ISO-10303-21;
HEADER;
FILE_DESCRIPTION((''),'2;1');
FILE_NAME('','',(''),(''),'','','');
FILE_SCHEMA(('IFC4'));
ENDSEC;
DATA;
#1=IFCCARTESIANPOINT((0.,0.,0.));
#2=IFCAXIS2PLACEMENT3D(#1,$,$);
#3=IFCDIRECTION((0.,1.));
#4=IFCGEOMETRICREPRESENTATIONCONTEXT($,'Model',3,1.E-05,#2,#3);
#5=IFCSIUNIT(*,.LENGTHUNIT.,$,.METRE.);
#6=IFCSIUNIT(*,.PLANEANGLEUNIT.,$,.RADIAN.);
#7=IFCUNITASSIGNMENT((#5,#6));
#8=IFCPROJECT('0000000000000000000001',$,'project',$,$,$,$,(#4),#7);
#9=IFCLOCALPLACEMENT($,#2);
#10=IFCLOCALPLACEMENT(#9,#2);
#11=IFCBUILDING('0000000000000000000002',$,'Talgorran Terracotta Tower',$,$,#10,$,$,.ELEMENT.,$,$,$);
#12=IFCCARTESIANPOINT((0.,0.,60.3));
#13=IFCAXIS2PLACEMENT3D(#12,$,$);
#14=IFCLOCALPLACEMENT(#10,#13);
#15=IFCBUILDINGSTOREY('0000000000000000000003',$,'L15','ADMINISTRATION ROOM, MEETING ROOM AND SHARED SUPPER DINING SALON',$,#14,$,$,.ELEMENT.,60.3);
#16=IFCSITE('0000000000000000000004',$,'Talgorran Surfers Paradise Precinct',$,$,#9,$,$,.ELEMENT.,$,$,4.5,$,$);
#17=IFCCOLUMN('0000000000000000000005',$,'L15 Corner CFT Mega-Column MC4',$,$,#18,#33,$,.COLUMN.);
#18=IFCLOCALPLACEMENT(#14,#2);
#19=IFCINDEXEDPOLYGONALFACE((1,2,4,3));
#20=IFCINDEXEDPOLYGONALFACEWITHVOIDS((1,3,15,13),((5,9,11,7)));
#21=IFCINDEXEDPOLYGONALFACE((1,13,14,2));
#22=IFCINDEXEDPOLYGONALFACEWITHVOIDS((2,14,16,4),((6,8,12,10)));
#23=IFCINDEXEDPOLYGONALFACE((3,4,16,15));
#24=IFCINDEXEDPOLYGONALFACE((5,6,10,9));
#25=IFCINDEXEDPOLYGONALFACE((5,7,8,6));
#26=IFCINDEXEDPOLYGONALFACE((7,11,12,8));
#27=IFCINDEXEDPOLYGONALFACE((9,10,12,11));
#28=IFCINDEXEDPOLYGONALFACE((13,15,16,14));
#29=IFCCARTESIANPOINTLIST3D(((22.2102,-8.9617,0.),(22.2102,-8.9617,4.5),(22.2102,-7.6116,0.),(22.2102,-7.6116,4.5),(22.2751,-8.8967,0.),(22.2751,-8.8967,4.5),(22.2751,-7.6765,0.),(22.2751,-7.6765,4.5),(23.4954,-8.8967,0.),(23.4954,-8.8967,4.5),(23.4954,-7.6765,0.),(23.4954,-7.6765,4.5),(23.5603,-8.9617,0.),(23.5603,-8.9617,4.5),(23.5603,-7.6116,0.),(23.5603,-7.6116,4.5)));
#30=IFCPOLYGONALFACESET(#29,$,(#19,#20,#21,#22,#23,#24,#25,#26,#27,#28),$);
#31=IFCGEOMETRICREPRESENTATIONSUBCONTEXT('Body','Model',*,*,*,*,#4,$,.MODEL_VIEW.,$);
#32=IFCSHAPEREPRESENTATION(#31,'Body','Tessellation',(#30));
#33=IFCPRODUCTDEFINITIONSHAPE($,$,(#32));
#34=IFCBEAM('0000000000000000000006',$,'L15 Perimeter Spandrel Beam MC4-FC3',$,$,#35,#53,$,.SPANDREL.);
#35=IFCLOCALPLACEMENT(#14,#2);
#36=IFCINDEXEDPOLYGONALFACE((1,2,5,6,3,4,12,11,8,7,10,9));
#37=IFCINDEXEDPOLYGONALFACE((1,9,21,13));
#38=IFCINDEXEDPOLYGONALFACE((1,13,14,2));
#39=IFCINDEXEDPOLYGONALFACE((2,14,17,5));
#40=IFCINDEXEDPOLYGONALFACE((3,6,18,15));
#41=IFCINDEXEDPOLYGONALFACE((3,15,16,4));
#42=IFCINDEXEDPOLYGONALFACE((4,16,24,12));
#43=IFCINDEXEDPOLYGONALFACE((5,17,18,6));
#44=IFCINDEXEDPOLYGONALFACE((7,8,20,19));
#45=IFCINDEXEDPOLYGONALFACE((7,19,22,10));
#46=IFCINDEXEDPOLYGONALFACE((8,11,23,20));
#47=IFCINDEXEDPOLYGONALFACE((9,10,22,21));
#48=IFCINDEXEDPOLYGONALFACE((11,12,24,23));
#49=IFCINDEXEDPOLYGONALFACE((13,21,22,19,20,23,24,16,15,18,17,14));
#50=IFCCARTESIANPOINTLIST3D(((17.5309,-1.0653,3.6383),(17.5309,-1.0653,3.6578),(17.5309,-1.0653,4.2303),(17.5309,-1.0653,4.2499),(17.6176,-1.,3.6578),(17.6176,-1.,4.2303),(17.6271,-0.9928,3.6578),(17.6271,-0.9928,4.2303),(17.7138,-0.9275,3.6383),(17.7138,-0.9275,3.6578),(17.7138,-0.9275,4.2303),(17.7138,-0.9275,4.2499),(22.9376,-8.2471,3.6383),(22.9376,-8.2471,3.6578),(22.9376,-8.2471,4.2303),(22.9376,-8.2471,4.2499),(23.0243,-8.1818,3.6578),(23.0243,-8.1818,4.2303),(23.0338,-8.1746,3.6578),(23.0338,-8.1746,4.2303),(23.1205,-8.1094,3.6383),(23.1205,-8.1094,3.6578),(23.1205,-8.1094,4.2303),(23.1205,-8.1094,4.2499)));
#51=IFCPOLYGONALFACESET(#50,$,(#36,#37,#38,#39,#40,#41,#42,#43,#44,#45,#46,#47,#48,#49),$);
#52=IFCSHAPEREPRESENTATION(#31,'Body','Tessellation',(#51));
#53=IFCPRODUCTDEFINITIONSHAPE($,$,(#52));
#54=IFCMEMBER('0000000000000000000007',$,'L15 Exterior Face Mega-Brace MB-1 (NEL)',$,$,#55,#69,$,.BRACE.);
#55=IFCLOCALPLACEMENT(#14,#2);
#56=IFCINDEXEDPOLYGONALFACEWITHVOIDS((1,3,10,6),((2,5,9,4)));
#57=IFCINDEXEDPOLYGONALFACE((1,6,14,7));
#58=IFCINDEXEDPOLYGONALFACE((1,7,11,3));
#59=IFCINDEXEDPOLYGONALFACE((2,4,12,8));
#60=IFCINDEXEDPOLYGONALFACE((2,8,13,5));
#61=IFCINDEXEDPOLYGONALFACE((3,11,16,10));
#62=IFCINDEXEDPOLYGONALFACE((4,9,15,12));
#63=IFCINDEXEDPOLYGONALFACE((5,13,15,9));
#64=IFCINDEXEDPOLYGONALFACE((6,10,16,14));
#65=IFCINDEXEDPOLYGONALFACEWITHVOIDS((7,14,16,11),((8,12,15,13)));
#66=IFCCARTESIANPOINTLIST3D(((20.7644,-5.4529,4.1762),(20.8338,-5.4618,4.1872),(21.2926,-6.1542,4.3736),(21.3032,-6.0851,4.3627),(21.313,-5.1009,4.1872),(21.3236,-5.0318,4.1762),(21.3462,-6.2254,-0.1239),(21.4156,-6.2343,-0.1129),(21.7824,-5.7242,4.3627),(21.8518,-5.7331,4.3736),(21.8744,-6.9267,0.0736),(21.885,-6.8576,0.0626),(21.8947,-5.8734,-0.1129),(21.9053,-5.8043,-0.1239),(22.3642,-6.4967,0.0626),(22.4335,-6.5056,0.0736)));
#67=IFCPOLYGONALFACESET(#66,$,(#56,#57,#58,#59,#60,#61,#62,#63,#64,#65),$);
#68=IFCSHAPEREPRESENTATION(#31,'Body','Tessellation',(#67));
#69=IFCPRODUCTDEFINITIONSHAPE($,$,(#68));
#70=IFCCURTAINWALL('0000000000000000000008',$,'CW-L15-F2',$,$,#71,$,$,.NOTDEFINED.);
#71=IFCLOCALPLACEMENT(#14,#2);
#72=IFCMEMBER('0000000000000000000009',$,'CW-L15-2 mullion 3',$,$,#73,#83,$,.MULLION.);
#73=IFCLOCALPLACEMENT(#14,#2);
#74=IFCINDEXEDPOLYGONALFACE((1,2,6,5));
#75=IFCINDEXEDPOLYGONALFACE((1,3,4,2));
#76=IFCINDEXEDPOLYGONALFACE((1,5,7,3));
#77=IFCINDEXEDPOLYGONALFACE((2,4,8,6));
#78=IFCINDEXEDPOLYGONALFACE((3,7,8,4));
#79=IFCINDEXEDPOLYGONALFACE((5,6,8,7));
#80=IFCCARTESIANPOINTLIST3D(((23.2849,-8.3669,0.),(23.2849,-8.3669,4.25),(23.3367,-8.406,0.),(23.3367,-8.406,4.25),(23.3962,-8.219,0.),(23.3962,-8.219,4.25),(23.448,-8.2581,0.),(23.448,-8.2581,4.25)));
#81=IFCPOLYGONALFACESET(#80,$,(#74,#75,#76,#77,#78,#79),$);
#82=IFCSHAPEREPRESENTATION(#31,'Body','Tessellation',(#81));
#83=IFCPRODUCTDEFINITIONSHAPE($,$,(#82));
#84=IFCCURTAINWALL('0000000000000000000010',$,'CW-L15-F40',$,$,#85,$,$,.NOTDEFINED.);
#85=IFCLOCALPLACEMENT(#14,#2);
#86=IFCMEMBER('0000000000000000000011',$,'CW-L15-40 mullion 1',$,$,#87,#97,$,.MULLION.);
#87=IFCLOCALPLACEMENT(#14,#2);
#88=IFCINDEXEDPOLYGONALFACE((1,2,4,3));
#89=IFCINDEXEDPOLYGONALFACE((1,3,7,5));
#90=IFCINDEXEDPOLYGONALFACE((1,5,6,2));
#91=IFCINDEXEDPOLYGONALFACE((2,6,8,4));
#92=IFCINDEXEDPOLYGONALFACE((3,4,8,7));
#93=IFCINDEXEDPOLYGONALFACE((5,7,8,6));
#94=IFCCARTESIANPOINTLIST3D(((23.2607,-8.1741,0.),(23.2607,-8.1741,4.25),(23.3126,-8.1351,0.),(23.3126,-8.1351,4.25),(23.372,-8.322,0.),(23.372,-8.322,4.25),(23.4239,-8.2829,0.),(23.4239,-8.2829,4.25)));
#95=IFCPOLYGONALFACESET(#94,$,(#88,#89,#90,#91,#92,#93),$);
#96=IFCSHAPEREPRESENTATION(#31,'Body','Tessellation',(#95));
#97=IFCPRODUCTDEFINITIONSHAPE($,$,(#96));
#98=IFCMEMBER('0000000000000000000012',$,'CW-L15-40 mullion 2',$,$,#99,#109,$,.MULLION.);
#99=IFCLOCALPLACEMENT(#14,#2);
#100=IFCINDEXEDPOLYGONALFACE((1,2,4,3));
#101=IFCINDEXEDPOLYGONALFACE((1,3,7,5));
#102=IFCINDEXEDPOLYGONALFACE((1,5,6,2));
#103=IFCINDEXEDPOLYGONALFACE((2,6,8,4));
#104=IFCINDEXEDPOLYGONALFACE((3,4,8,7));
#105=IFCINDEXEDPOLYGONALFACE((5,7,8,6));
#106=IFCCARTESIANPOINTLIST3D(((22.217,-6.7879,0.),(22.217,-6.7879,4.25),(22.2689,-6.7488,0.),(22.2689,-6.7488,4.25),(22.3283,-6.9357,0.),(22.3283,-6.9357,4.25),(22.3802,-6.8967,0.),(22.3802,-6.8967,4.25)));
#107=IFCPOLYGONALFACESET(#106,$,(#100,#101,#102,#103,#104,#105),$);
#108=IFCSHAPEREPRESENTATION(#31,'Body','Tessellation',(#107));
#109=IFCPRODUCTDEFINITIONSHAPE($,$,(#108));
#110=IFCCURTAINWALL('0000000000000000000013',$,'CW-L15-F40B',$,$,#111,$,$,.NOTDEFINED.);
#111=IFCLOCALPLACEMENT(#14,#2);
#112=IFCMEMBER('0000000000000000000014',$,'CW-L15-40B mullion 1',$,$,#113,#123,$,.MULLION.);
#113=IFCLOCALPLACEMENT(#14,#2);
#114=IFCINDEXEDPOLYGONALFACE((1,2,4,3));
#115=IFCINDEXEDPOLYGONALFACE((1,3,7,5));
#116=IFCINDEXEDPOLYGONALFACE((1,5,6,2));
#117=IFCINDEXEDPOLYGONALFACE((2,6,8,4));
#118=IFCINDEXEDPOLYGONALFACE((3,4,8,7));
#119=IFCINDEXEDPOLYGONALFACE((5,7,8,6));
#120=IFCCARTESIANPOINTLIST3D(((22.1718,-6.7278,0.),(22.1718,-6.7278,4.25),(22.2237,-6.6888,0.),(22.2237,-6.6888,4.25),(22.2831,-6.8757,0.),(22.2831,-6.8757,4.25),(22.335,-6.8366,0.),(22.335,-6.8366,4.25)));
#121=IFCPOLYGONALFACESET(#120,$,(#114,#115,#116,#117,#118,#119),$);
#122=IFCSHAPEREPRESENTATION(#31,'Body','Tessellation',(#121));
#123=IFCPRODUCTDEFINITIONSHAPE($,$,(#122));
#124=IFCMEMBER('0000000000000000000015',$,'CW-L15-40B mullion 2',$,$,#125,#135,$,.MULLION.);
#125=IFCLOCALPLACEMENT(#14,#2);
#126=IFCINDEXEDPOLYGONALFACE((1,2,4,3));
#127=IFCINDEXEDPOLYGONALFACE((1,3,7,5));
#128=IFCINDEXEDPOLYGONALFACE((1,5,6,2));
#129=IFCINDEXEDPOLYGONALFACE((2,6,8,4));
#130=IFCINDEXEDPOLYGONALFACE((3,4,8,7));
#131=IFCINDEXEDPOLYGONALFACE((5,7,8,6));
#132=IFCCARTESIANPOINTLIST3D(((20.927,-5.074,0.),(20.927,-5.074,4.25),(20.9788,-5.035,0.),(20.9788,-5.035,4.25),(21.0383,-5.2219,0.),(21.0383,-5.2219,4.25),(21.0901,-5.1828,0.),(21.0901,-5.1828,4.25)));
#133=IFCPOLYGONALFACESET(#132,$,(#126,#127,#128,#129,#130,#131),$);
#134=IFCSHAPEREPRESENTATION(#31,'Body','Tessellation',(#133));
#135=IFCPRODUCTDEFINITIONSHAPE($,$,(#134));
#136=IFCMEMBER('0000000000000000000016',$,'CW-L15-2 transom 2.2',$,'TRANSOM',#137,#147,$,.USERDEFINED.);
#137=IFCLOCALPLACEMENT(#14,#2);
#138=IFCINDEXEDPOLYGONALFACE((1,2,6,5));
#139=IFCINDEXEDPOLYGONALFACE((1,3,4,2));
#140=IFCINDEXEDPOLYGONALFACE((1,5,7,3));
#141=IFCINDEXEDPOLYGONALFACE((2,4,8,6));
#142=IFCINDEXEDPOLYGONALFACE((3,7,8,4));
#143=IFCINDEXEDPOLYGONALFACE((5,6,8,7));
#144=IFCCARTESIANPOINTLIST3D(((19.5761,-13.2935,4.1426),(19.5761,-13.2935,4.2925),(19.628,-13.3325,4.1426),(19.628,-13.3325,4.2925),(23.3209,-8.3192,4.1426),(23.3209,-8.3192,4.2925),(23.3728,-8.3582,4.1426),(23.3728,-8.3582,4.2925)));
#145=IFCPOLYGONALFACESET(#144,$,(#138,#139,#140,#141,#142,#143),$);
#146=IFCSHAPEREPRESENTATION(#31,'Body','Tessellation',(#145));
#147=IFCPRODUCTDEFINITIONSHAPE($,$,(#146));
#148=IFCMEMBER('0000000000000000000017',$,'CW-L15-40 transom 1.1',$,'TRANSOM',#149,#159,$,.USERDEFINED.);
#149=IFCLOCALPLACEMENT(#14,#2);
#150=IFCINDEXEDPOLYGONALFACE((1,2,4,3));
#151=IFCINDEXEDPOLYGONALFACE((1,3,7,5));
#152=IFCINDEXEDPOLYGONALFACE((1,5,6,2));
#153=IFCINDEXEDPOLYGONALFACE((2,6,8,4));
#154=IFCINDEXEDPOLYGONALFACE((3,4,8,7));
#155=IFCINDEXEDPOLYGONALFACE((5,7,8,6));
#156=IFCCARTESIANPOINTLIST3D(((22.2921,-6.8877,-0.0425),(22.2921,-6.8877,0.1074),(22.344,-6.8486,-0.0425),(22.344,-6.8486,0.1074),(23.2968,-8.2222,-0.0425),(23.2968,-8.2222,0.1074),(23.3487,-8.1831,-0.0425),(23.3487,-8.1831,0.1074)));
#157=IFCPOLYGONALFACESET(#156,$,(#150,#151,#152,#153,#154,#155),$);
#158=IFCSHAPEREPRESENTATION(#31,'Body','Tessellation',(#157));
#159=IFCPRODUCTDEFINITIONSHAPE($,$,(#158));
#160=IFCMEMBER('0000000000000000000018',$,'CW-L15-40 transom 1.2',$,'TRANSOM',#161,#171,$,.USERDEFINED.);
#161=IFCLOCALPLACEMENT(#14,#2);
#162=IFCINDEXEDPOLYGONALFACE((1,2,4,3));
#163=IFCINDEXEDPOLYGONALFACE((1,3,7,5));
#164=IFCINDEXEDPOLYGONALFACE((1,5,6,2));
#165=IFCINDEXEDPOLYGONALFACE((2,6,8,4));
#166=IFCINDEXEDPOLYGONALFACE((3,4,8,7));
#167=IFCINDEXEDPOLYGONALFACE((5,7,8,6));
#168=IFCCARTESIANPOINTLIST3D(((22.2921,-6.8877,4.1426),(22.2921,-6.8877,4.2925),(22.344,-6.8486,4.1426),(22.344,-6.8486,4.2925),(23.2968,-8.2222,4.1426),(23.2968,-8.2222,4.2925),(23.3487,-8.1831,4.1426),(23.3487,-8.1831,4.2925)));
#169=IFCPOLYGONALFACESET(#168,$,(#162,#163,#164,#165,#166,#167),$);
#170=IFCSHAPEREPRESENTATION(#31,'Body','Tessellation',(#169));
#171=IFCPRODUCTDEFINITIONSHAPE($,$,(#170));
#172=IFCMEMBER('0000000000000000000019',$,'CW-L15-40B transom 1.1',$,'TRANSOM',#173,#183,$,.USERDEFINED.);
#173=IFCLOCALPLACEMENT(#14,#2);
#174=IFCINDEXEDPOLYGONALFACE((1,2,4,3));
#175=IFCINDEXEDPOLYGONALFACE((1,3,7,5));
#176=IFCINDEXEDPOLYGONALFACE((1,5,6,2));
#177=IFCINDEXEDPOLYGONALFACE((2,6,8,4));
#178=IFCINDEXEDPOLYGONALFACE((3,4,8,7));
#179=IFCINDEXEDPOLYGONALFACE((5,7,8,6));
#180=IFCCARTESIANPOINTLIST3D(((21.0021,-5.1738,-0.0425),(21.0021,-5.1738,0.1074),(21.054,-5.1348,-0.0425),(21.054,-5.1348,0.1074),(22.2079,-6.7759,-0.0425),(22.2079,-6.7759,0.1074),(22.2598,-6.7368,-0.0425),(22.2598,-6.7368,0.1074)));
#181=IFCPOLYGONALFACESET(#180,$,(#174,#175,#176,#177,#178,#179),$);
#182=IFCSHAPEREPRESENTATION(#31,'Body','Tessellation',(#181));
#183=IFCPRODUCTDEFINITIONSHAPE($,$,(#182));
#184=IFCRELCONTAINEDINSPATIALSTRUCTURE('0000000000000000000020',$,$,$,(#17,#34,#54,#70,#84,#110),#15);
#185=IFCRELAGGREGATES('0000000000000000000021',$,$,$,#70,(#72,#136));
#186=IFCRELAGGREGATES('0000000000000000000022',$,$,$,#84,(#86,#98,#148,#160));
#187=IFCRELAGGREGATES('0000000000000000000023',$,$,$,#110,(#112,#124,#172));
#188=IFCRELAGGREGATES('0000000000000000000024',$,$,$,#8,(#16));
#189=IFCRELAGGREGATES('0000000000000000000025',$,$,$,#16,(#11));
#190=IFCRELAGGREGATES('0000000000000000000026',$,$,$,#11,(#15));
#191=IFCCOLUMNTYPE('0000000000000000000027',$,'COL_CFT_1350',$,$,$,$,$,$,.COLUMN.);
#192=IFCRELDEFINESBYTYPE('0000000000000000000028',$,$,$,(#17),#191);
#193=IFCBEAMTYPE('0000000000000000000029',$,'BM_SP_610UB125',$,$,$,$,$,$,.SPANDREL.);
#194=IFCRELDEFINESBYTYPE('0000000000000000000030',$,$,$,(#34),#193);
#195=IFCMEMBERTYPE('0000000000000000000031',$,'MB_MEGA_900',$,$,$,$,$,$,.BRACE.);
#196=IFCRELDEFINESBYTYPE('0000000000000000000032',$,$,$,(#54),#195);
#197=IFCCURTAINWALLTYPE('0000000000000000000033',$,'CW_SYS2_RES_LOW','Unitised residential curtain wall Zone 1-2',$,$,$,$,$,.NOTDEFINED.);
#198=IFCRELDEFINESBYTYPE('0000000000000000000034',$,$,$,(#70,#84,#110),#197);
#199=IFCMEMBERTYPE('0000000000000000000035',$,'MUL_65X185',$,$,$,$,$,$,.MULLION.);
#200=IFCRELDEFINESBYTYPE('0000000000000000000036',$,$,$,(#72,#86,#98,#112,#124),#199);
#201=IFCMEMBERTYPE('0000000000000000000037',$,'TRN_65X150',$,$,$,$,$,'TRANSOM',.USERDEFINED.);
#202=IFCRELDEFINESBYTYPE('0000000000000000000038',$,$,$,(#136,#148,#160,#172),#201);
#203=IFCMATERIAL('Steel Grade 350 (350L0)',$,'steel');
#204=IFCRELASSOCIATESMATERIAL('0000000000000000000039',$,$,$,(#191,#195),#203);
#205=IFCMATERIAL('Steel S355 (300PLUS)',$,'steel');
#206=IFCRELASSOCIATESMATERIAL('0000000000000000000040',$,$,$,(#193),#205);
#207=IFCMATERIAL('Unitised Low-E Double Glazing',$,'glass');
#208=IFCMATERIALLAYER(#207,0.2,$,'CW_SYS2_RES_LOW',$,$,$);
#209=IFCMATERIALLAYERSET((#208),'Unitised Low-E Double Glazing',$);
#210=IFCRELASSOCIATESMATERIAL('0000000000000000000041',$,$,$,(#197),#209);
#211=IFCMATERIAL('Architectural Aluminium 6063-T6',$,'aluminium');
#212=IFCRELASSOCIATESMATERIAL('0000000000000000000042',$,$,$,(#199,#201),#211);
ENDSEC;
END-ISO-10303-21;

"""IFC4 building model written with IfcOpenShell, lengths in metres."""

from ifc_helpers import new_model, si_unit, direction, frame, origin, origin_2d, place, context, subcontext, project, spatial, rectangle, hollow_rectangle, i_section, extrude, material, layer, layer_set, material_profile, profile_set, type_object, element, aggregate, save


model = new_model("IFC4")

# Units and contexts
model_context = context("Model", 3, precision=1e-05, world=origin(), true_north=direction((0.0, 1.0)))
body_context = subcontext(model_context, "Body", "Model", "MODEL_VIEW")
ifc_project = project(units=[si_unit("LENGTHUNIT", "METRE"), si_unit("PLANEANGLEUNIT", "RADIAN")], contexts=[model_context])

# Site, building, storey
site_placement = place(None, origin())
site = spatial("IfcSite", under=ifc_project, at=site_placement, Name="Talgorran Surfers Paradise Precinct", CompositionType="ELEMENT", RefElevation=4.5)
building_placement = place(site_placement, origin())
building = spatial("IfcBuilding", under=site, at=building_placement, Name="Talgorran Terracotta Tower", CompositionType="ELEMENT")
storey_placement = place(building_placement, frame((0.0, 0.0, 60.3)))
storey = spatial("IfcBuildingStorey", under=building, at=storey_placement, Name="L15", Description="ADMINISTRATION ROOM, MEETING ROOM AND SHARED SUPPER DINING SALON", CompositionType="ELEMENT", Elevation=60.3)

# Column
ifc_material_1 = material(Name="Steel Grade 350 (350L0)", Category="steel")
ifc_material_profile_1 = material_profile(ifc_material_1, hollow_rectangle(XDim=1.3501, YDim=1.3501, WallThickness=0.0649, at=origin_2d()), Name="CFT1350X1350X65")
ifc_profile_set_1 = profile_set([ifc_material_profile_1], Name="Steel Grade 350 (350L0)")
column_type = type_object("IfcColumnType", Name="COL_CFT_1350", PredefinedType="COLUMN", material=ifc_profile_set_1)
column_placement = place(storey_placement, frame((22.8853, -8.2866, 0.0), z_axis=(0.0, 0.0, 1.0), x_axis=(1.0, 0.0, 0.0)))
element("IfcColumn", 1, at=column_placement, inside=storey, type_object=column_type, Name="L15 Corner CFT Mega-Column MC4", PredefinedType="COLUMN", context=body_context, shape_type="SweptSolid", body=[
    extrude(hollow_rectangle(XDim=1.3501, YDim=1.3501, WallThickness=0.0649, at=origin_2d()), origin(), (0.0, 0.0, 1.0), 4.5),
])

# Beam
ifc_material_2 = material(Name="Steel S355 (300PLUS)", Category="steel")
ifc_material_profile_2 = material_profile(ifc_material_2, i_section(OverallWidth=0.229, OverallDepth=0.6116, WebThickness=0.012, FlangeThickness=0.0195, at=origin_2d()), Name="610UB125")
ifc_profile_set_2 = profile_set([ifc_material_profile_2], Name="Steel S355 (300PLUS)")
beam_type = type_object("IfcBeamType", Name="BM_SP_610UB125", PredefinedType="SPANDREL", material=ifc_profile_set_2)
beam_placement = place(storey_placement, frame((23.0291, -8.1782, 3.9441), z_axis=(-0.601446, 0.798913, 0.0), x_axis=(-0.798913, -0.601446, 0.0)))
element("IfcBeam", 2, at=beam_placement, inside=storey, type_object=beam_type, Name="L15 Perimeter Spandrel Beam MC4-FC3", PredefinedType="SPANDREL", context=body_context, shape_type="SweptSolid", body=[
    extrude(i_section(OverallWidth=0.229, OverallDepth=0.6116, WebThickness=0.012, FlangeThickness=0.0195, at=origin_2d()), origin(), (0.0, 0.0, 1.0), 8.9895),
])

# Member
ifc_material_profile_3 = material_profile(ifc_material_1, hollow_rectangle(XDim=0.7, YDim=0.8999, WallThickness=0.05, at=origin_2d()), Name="WBOX900X700X50")
ifc_profile_set_3 = profile_set([ifc_material_profile_3], Name="Steel Grade 350 (350L0)")
member_type_1 = type_object("IfcMemberType", Name="MB_MEGA_900", PredefinedType="BRACE", material=ifc_profile_set_3)
member_1_placement = place(storey_placement, frame((21.8899, -6.3655, -0.0251), z_axis=(-0.132001, 0.175263, 0.975632), x_axis=(-0.798787, -0.601615, 0.0)))
element("IfcMember", 3, at=member_1_placement, inside=storey, type_object=member_type_1, Name="L15 Exterior Face Mega-Brace MB-1 (NEL)", PredefinedType="BRACE", context=body_context, shape_type="SweptSolid", body=[
    extrude(hollow_rectangle(XDim=0.7, YDim=0.8999, WallThickness=0.05, at=origin_2d()), origin(), (0.0, 0.0, 1.0), 4.4075),
])

# Curtain wall, member
ifc_material_3 = material(Name="Unitised Low-E Double Glazing", Category="glass")
ifc_layer_1 = layer(ifc_material_3, 0.2, Name="CW_SYS2_RES_LOW")
ifc_layer_set_1 = layer_set([ifc_layer_1], Name="Unitised Low-E Double Glazing")
curtain_wall_type = type_object("IfcCurtainWallType", Name="CW_SYS2_RES_LOW", Description="Unitised residential curtain wall Zone 1-2", PredefinedType="NOTDEFINED", material=ifc_layer_set_1)
curtain_wall_1_placement = place(storey_placement, origin())
curtain_wall_1 = element("IfcCurtainWall", 4, at=curtain_wall_1_placement, inside=storey, type_object=curtain_wall_type, Name="CW-L15-F2", PredefinedType="NOTDEFINED")
ifc_material_4 = material(Name="Architectural Aluminium 6063-T6", Category="aluminium")
ifc_material_profile_4 = material_profile(ifc_material_4, rectangle(XDim=0.0649, YDim=0.1851, at=origin_2d()), Name="CWM65X185")
ifc_profile_set_4 = profile_set([ifc_material_profile_4], Name="Architectural Aluminium 6063-T6")
member_type_2 = type_object("IfcMemberType", Name="MUL_65X185", PredefinedType="MULLION", material=ifc_profile_set_4)
member_2_placement = place(storey_placement, frame((23.3665, -8.3125, 0.0), z_axis=(0.0, 0.0, 1.0), x_axis=(-0.798916, 0.601442, 0.0)))
member_2 = element("IfcMember", 5, at=member_2_placement, type_object=member_type_2, Name="CW-L15-2 mullion 3", PredefinedType="MULLION", context=body_context, shape_type="SweptSolid", body=[
    extrude(rectangle(XDim=0.0649, YDim=0.1851, at=origin_2d()), origin(), (0.0, 0.0, 1.0), 4.25),
])

# Curtain walls, members
curtain_wall_2_placement = place(storey_placement, origin())
curtain_wall_2 = element("IfcCurtainWall", 6, at=curtain_wall_2_placement, inside=storey, type_object=curtain_wall_type, Name="CW-L15-F40", PredefinedType="NOTDEFINED")
member_3_placement = place(storey_placement, frame((23.3423, -8.2285, 0.0), z_axis=(0.0, 0.0, 1.0), x_axis=(-0.798906, -0.601456, 0.0)))
member_3 = element("IfcMember", 7, at=member_3_placement, type_object=member_type_2, Name="CW-L15-40 mullion 1", PredefinedType="MULLION", context=body_context, shape_type="SweptSolid", body=[
    extrude(rectangle(XDim=0.0649, YDim=0.1851, at=origin_2d()), origin(), (0.0, 0.0, 1.0), 4.25),
])
member_4_placement = place(storey_placement, frame((22.2986, -6.8423, 0.0), z_axis=(0.0, 0.0, 1.0), x_axis=(-0.798906, -0.601456, 0.0)))
member_4 = element("IfcMember", 8, at=member_4_placement, type_object=member_type_2, Name="CW-L15-40 mullion 2", PredefinedType="MULLION", context=body_context, shape_type="SweptSolid", body=[
    extrude(rectangle(XDim=0.0649, YDim=0.1851, at=origin_2d()), origin(), (0.0, 0.0, 1.0), 4.25),
])
curtain_wall_3_placement = place(storey_placement, origin())
curtain_wall_3 = element("IfcCurtainWall", 9, at=curtain_wall_3_placement, inside=storey, type_object=curtain_wall_type, Name="CW-L15-F40B", PredefinedType="NOTDEFINED")
member_5_placement = place(storey_placement, frame((22.2534, -6.7822, 0.0), z_axis=(0.0, 0.0, 1.0), x_axis=(-0.798931, -0.601423, 0.0)))
member_5 = element("IfcMember", 10, at=member_5_placement, type_object=member_type_2, Name="CW-L15-40B mullion 1", PredefinedType="MULLION", context=body_context, shape_type="SweptSolid", body=[
    extrude(rectangle(XDim=0.0649, YDim=0.1851, at=origin_2d()), origin(), (0.0, 0.0, 1.0), 4.25),
])
member_6_placement = place(storey_placement, frame((21.0085, -5.1284, 0.0), z_axis=(0.0, 0.0, 1.0), x_axis=(-0.798931, -0.601423, 0.0)))
member_6 = element("IfcMember", 11, at=member_6_placement, type_object=member_type_2, Name="CW-L15-40B mullion 2", PredefinedType="MULLION", context=body_context, shape_type="SweptSolid", body=[
    extrude(rectangle(XDim=0.0649, YDim=0.1851, at=origin_2d()), origin(), (0.0, 0.0, 1.0), 4.25),
])

# Members
ifc_material_profile_5 = material_profile(ifc_material_4, rectangle(XDim=0.0649, YDim=0.1499, at=origin_2d()), Name="CWT65X150")
ifc_profile_set_5 = profile_set([ifc_material_profile_5], Name="Architectural Aluminium 6063-T6")
member_type_3 = type_object("IfcMemberType", Name="TRN_65X150", ElementType="TRANSOM", PredefinedType="USERDEFINED", material=ifc_profile_set_5)
member_7_placement = place(storey_placement, frame((19.6021, -13.313, 4.2175), z_axis=(0.601448, 0.798912, 0.0), x_axis=(-0.798912, 0.601448, 0.0)))
member_7 = element("IfcMember", 12, at=member_7_placement, type_object=member_type_3, Name="CW-L15-2 transom 2.2", ObjectType="TRANSOM", PredefinedType="USERDEFINED", context=body_context, shape_type="SweptSolid", body=[
    extrude(rectangle(XDim=0.0649, YDim=0.1499, at=origin_2d()), origin(), (0.0, 0.0, 1.0), 6.2263),
])
member_8_placement = place(storey_placement, frame((23.3228, -8.2026, 0.0325), z_axis=(-0.601449, 0.798911, 0.0), x_axis=(-0.798911, -0.601449, 0.0)))
member_8 = element("IfcMember", 13, at=member_8_placement, type_object=member_type_3, Name="CW-L15-40 transom 1.1", ObjectType="TRANSOM", PredefinedType="USERDEFINED", context=body_context, shape_type="SweptSolid", body=[
    extrude(rectangle(XDim=0.0649, YDim=0.1499, at=origin_2d()), origin(), (0.0, 0.0, 1.0), 1.6704),
])
member_9_placement = place(storey_placement, frame((23.3228, -8.2026, 4.2175), z_axis=(-0.601449, 0.798911, 0.0), x_axis=(-0.798911, -0.601449, 0.0)))
member_9 = element("IfcMember", 14, at=member_9_placement, type_object=member_type_3, Name="CW-L15-40 transom 1.2", ObjectType="TRANSOM", PredefinedType="USERDEFINED", context=body_context, shape_type="SweptSolid", body=[
    extrude(rectangle(XDim=0.0649, YDim=0.1499, at=origin_2d()), origin(), (0.0, 0.0, 1.0), 1.6704),
])
member_10_placement = place(storey_placement, frame((22.2339, -6.7563, 0.0325), z_axis=(-0.601363, 0.798976, 0.0), x_axis=(-0.798976, -0.601363, 0.0)))
member_10 = element("IfcMember", 15, at=member_10_placement, type_object=member_type_3, Name="CW-L15-40B transom 1.1", ObjectType="TRANSOM", PredefinedType="USERDEFINED", context=body_context, shape_type="SweptSolid", body=[
    extrude(rectangle(XDim=0.0649, YDim=0.1499, at=origin_2d()), origin(), (0.0, 0.0, 1.0), 2.0051),
])

aggregate(curtain_wall_1, [member_2, member_7])
aggregate(curtain_wall_2, [member_3, member_4, member_8, member_9])
aggregate(curtain_wall_3, [member_5, member_6, member_10])

save(model, "model.ifc")
